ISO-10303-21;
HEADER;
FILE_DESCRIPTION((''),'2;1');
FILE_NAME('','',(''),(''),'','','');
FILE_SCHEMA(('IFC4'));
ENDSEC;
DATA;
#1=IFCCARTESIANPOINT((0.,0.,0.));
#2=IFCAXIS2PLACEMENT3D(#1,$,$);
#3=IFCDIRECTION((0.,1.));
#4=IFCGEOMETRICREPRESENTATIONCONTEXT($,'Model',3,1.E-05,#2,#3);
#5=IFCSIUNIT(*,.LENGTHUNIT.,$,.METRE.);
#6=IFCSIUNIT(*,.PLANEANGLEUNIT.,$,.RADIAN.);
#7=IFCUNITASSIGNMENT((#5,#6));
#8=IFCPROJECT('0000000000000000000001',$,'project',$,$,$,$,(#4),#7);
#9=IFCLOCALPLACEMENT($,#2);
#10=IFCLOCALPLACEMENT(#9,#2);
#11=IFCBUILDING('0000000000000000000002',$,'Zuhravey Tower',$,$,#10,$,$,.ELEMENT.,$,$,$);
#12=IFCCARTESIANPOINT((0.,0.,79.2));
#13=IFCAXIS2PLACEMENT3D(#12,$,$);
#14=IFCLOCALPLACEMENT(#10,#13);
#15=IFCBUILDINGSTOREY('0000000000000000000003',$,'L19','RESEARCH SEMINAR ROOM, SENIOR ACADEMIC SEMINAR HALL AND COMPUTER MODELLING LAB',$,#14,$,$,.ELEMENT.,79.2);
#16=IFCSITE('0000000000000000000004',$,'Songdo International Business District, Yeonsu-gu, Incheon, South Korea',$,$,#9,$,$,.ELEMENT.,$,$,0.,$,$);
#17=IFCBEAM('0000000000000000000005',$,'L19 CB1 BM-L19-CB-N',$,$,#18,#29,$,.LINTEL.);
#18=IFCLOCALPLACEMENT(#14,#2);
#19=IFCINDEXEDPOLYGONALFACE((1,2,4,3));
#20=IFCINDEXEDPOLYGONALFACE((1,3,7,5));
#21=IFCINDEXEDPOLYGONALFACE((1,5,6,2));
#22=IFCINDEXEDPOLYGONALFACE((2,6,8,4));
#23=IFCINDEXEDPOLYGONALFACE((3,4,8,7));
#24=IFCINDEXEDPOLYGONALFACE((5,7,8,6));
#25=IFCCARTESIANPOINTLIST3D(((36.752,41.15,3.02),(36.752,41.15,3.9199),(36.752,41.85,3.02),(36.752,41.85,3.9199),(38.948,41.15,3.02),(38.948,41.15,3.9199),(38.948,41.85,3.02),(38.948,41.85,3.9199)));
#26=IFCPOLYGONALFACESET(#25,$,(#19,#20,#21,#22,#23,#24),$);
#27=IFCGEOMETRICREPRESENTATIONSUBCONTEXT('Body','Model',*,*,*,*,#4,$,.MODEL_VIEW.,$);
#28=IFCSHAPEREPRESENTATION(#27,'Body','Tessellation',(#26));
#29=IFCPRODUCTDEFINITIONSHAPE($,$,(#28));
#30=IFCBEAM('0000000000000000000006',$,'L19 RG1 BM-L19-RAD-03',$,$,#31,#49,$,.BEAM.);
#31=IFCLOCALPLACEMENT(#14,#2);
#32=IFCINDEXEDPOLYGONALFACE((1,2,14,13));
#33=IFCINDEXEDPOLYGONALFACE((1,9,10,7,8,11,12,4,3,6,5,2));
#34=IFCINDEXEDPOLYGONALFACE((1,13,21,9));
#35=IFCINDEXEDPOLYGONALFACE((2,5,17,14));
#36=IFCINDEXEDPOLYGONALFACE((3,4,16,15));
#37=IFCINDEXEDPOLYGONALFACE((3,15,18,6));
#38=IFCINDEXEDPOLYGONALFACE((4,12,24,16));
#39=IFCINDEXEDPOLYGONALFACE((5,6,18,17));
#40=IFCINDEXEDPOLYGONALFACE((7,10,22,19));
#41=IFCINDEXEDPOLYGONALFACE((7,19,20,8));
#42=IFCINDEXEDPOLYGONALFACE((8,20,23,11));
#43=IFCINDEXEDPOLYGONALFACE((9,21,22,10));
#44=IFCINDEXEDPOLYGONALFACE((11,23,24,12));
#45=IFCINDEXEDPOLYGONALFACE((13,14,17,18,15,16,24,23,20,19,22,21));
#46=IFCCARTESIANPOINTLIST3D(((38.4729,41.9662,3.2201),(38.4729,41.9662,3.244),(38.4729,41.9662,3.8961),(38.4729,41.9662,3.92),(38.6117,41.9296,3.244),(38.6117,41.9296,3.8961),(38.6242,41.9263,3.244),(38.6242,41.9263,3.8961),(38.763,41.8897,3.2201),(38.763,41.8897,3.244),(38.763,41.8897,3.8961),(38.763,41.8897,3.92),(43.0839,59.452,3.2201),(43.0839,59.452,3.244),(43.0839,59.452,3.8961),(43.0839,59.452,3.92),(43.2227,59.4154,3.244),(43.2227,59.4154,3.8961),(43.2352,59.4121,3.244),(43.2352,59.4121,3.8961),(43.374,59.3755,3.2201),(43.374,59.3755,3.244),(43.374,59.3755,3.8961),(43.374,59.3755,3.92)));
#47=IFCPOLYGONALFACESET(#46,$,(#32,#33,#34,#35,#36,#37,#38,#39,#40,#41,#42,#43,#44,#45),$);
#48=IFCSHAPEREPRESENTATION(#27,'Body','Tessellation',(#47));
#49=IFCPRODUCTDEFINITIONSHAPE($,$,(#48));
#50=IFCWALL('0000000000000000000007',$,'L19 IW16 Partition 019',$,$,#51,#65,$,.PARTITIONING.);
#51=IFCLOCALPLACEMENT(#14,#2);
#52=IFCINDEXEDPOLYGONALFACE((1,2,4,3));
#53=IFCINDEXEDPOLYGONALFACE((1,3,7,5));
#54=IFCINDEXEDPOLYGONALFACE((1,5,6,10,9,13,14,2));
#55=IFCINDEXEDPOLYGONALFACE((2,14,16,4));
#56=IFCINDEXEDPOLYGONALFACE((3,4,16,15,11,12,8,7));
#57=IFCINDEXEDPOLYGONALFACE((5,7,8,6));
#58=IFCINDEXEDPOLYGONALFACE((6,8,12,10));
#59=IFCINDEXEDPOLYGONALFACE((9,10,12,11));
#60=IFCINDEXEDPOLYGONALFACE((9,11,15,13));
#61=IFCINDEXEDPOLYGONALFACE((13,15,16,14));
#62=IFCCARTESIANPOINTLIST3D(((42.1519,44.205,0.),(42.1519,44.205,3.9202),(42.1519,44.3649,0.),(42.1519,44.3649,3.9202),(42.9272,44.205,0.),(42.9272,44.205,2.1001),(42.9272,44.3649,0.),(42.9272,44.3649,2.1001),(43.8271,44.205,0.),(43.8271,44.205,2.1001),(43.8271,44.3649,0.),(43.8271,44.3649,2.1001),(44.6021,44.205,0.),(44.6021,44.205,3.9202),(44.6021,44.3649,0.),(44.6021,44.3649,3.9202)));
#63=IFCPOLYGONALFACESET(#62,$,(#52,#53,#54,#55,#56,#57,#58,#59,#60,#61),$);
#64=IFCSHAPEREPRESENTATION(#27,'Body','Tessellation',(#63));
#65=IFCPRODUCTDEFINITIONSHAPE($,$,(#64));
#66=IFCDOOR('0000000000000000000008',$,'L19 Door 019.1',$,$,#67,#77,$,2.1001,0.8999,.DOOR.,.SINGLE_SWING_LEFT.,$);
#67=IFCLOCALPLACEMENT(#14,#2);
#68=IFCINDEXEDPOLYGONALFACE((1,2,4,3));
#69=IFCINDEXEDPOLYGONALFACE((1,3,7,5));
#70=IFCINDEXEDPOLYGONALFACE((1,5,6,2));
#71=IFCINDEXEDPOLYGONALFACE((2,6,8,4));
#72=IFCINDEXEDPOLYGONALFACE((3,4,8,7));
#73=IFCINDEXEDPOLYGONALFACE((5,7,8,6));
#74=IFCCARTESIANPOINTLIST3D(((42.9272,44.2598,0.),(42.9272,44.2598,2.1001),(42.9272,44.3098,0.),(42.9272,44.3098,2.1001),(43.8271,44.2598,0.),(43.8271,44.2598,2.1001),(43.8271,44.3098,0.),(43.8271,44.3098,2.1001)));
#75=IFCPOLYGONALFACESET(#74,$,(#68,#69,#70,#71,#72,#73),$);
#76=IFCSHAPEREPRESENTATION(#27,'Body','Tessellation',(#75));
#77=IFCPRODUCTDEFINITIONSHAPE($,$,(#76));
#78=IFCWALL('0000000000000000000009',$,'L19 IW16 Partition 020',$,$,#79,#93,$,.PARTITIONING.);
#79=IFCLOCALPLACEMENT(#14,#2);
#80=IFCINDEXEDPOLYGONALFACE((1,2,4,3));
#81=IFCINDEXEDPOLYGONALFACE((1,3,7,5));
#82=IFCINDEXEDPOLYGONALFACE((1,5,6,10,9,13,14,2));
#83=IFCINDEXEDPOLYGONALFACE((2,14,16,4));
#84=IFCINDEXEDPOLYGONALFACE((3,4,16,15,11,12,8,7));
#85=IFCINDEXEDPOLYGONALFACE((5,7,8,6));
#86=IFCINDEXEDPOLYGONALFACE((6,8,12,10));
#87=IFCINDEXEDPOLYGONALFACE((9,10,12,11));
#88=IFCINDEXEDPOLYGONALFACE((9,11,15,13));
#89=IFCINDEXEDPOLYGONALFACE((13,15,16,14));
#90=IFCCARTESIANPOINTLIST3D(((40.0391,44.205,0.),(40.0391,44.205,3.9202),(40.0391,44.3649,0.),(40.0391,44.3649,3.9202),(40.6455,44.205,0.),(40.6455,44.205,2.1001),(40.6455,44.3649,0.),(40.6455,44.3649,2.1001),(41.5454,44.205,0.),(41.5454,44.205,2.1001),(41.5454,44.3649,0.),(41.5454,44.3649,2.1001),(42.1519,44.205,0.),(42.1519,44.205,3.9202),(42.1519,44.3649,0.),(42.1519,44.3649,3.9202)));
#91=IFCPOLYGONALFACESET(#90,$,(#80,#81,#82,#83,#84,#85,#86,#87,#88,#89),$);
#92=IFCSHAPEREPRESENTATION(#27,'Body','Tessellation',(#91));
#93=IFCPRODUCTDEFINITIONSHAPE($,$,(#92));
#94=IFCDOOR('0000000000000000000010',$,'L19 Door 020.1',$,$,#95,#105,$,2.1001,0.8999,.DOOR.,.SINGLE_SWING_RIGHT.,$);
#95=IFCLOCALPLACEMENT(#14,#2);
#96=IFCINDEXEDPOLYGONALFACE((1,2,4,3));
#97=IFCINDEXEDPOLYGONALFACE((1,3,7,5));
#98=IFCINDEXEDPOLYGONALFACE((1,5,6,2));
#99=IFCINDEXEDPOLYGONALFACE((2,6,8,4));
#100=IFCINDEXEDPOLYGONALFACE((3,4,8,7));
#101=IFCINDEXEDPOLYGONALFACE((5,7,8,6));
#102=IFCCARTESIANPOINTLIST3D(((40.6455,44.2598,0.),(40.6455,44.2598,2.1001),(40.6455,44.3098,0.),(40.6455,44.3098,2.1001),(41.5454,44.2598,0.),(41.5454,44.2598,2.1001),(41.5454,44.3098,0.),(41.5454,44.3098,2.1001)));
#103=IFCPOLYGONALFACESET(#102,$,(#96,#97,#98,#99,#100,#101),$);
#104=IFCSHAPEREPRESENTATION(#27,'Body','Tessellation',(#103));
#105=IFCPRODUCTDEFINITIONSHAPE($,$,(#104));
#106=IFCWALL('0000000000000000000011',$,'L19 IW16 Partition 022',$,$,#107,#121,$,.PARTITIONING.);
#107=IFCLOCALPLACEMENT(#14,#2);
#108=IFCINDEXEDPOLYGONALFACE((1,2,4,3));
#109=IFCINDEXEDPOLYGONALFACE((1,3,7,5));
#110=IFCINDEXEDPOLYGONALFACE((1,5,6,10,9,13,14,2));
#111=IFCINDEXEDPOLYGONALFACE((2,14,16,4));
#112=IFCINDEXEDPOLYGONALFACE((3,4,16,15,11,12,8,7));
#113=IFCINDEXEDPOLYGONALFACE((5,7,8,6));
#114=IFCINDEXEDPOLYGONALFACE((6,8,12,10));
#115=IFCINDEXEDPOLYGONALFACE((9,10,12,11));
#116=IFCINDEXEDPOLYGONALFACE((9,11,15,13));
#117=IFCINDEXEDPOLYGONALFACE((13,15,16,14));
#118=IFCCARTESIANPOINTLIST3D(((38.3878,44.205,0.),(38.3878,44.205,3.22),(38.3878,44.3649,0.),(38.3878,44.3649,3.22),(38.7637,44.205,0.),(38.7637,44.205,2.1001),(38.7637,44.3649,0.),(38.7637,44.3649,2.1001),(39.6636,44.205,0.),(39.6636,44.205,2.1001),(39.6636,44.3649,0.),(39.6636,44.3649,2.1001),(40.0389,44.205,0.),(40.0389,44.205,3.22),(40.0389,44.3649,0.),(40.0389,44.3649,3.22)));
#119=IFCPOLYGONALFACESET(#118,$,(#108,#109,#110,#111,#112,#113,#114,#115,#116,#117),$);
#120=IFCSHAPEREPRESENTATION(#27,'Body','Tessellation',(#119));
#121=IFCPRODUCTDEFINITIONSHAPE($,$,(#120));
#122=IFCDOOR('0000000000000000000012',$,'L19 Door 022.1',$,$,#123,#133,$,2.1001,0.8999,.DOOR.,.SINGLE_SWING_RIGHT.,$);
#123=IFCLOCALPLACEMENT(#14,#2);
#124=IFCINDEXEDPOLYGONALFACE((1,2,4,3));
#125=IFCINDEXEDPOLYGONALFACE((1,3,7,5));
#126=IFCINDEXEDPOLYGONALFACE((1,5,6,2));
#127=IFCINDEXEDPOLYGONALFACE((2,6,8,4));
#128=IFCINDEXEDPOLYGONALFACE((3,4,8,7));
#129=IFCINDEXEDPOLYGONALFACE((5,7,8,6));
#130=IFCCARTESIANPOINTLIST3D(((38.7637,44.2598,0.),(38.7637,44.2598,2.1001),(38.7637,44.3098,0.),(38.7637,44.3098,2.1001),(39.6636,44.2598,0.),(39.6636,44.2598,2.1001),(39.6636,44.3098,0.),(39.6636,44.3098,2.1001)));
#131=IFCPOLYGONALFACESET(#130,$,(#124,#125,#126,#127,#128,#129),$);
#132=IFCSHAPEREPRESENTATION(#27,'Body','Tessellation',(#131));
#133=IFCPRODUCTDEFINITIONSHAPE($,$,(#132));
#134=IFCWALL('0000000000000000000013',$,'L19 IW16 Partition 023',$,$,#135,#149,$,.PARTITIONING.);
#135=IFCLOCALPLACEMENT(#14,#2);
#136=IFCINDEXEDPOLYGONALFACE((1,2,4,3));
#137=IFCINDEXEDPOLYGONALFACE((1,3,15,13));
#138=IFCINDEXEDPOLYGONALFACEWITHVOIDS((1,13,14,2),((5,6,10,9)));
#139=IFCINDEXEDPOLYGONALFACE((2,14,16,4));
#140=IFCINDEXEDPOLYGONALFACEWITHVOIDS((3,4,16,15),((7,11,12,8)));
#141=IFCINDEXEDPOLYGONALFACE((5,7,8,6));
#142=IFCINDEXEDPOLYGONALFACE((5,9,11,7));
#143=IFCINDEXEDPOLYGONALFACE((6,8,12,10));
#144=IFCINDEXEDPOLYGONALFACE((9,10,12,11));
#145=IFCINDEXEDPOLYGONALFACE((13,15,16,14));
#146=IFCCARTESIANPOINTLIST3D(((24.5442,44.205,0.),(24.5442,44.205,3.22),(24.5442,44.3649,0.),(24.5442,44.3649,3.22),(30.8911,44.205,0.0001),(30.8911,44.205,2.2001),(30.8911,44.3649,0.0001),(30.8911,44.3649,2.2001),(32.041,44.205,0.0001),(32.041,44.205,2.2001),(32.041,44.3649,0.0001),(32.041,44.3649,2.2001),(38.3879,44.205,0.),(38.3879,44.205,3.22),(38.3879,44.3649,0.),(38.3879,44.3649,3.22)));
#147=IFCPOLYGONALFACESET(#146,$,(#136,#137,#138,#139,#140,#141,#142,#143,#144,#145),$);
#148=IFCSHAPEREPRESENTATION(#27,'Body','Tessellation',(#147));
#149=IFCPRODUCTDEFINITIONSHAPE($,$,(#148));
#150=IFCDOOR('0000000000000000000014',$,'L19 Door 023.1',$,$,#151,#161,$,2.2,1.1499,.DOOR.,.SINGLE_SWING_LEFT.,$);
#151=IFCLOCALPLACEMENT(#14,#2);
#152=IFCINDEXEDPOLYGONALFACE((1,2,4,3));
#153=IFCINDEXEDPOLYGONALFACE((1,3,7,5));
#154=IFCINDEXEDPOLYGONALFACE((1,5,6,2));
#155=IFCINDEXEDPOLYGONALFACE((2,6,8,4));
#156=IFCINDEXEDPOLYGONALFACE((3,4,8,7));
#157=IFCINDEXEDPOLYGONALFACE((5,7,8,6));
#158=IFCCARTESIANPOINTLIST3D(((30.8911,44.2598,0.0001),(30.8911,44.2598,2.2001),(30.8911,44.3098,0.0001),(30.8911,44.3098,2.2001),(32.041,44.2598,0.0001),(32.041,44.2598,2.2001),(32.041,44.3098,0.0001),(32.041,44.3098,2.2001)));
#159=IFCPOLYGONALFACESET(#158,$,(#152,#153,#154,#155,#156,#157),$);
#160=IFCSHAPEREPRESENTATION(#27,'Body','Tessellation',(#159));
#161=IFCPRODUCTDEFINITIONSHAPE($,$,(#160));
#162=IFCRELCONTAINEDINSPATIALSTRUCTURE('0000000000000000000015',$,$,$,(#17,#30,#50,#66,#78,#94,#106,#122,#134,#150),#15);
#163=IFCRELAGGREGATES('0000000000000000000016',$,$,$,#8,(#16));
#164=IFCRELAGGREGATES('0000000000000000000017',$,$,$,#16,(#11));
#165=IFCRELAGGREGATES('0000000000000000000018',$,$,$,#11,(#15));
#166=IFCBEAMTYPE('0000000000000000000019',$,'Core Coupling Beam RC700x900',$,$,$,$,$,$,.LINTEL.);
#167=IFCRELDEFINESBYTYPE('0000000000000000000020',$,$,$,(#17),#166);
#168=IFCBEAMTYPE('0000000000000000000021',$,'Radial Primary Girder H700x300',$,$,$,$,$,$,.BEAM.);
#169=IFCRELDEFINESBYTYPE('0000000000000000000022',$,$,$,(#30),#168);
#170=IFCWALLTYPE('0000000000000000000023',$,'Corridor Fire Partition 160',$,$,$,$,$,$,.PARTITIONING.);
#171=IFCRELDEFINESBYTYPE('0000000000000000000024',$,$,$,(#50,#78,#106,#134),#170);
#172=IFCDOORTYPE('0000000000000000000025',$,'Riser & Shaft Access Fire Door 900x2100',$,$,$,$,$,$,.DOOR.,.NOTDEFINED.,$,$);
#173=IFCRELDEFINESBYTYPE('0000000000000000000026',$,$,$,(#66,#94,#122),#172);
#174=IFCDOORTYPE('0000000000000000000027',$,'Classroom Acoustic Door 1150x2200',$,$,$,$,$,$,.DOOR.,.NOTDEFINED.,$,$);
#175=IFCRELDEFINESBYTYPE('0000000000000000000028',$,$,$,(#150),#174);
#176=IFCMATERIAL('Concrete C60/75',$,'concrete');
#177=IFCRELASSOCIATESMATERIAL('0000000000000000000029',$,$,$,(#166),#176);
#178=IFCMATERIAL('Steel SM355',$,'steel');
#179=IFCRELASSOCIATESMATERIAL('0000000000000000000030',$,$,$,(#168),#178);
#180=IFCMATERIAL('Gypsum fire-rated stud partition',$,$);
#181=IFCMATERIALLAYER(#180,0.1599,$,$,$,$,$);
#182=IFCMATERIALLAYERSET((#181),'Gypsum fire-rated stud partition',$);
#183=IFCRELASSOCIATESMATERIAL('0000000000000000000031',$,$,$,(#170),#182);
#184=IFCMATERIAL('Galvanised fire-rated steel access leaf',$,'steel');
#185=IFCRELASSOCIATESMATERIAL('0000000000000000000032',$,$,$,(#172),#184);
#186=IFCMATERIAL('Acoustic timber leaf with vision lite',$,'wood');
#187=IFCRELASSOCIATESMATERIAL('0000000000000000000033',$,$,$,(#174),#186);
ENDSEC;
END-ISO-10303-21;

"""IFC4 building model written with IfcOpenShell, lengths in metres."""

from ifc_helpers import new_model, si_unit, direction, frame, frame_2d, origin, origin_2d, place, context, subcontext, project, spatial, rectangle, i_section, extrude, material, layer, layer_set, material_profile, profile_set, type_object, element, fill, save


model = new_model("IFC4")

# Units and contexts
model_context = context("Model", 3, precision=1e-05, world=origin(), true_north=direction((0.0, 1.0)))
body_context = subcontext(model_context, "Body", "Model", "MODEL_VIEW")
ifc_project = project(units=[si_unit("LENGTHUNIT", "METRE"), si_unit("PLANEANGLEUNIT", "RADIAN")], contexts=[model_context])

# Site, building, storey
site_placement = place(None, origin())
site = spatial("IfcSite", under=ifc_project, at=site_placement, Name="Songdo International Business District, Yeonsu-gu, Incheon, South Korea", CompositionType="ELEMENT", RefElevation=0.0)
building_placement = place(site_placement, origin())
building = spatial("IfcBuilding", under=site, at=building_placement, Name="Zuhravey Tower", CompositionType="ELEMENT")
storey_placement = place(building_placement, frame((0.0, 0.0, 79.2)))
storey = spatial("IfcBuildingStorey", under=building, at=storey_placement, Name="L19", Description="RESEARCH SEMINAR ROOM, SENIOR ACADEMIC SEMINAR HALL AND COMPUTER MODELLING LAB", CompositionType="ELEMENT", Elevation=79.2)

# Beams
ifc_material_1 = material(Name="Concrete C60/75", Category="concrete")
ifc_material_profile_1 = material_profile(ifc_material_1, rectangle(XDim=0.7, YDim=0.8999, at=origin_2d()), Name="RC-700x900")
ifc_profile_set_1 = profile_set([ifc_material_profile_1], Name="Concrete C60/75")
beam_type_1 = type_object("IfcBeamType", Name="Core Coupling Beam RC700x900", PredefinedType="LINTEL", material=ifc_profile_set_1)
beam_1_placement = place(storey_placement, frame((36.752, 41.5, 3.47), z_axis=(1.0, 0.0, 0.0), x_axis=(0.0, 1.0, 0.0)))
element("IfcBeam", 1, at=beam_1_placement, inside=storey, type_object=beam_type_1, Name="L19 CB1 BM-L19-CB-N", PredefinedType="LINTEL", context=body_context, shape_type="SweptSolid", body=[
    extrude(rectangle(XDim=0.7, YDim=0.8999, at=origin_2d()), origin(), (0.0, 0.0, 1.0), 2.196),
])
ifc_material_2 = material(Name="Steel SM355", Category="steel")
ifc_material_profile_2 = material_profile(ifc_material_2, i_section(OverallWidth=0.3, OverallDepth=0.7, WebThickness=0.0129, FlangeThickness=0.0239, at=origin_2d()), Name="H-700x300x13x24")
ifc_profile_set_2 = profile_set([ifc_material_profile_2], Name="Steel SM355")
beam_type_2 = type_object("IfcBeamType", Name="Radial Primary Girder H700x300", PredefinedType="BEAM", material=ifc_profile_set_2)
beam_2_placement = place(storey_placement, frame((38.6179, 41.928, 3.5701), z_axis=(0.254987, 0.966944, 0.0), x_axis=(-0.966944, 0.254987, 0.0)))
element("IfcBeam", 2, at=beam_2_placement, inside=storey, type_object=beam_type_2, Name="L19 RG1 BM-L19-RAD-03", PredefinedType="BEAM", context=body_context, shape_type="SweptSolid", body=[
    extrude(i_section(OverallWidth=0.3, OverallDepth=0.7, WebThickness=0.0129, FlangeThickness=0.0239, at=origin_2d()), origin(), (0.0, 0.0, 1.0), 18.0835),
])

# Walls, openings, doors
ifc_material_3 = material(Name="Gypsum fire-rated stud partition")
ifc_layer_1 = layer(ifc_material_3, 0.1599)
ifc_layer_set_1 = layer_set([ifc_layer_1], Name="Gypsum fire-rated stud partition")
wall_type_1 = type_object("IfcWallType", Name="Corridor Fire Partition 160", PredefinedType="PARTITIONING", material=ifc_layer_set_1)
wall_1_placement = place(storey_placement, frame((44.6021, 44.2849, 0.0), z_axis=(0.0, 0.0, 1.0), x_axis=(-1.0, 0.0, 0.0)))
wall_1 = element("IfcWall", 3, at=wall_1_placement, inside=storey, type_object=wall_type_1, Name="L19 IW16 Partition 019", PredefinedType="PARTITIONING", context=body_context, shape_type="SweptSolid", body=[
    extrude(rectangle(XDim=2.4502, YDim=0.1599, at=frame_2d((1.2251, 0.0))), origin(), (0.0, 0.0, 1.0), 3.9202),
])
opening_1_placement = place(wall_1_placement, frame((0.7749, 0.0, 0.0)))
opening_1 = element("IfcOpeningElement", 4, at=opening_1_placement, cuts=wall_1, PredefinedType="OPENING", context=body_context, shape_type="SweptSolid", body=[
    extrude(rectangle(XDim=0.8999, YDim=2.1001, at=frame_2d((0.45, 1.05))), frame((0.0, 0.092, 0.0), z_axis=(0.0, -1.0, 0.0), x_axis=(1.0, 0.0, 0.0)), (0.0, 0.0, 1.0), 0.1838),
])
ifc_material_4 = material(Name="Galvanised fire-rated steel access leaf", Category="steel")
door_type_1 = type_object("IfcDoorType", Name="Riser & Shaft Access Fire Door 900x2100", OperationType="NOTDEFINED", PredefinedType="DOOR", material=ifc_material_4)
door_1_placement = place(opening_1_placement, frame((0.8999, 0.0, 0.0), z_axis=(0.0, 0.0, 1.0), x_axis=(-1.0, 0.0, 0.0)))
door_1 = element("IfcDoor", 5, at=door_1_placement, inside=storey, type_object=door_type_1, Name="L19 Door 019.1", OperationType="SINGLE_SWING_LEFT", OverallHeight=2.1001, OverallWidth=0.8999, PredefinedType="DOOR", context=body_context, shape_type="SweptSolid", body=[
    extrude(rectangle(XDim=0.8999, YDim=2.1001, at=frame_2d((0.45, 1.05))), frame((0.0, 0.0249, 0.0), z_axis=(0.0, -1.0, 0.0), x_axis=(1.0, 0.0, 0.0)), (0.0, 0.0, 1.0), 0.05),
])
fill(opening_1, door_1)
wall_2_placement = place(storey_placement, frame((42.1519, 44.2849, 0.0), z_axis=(0.0, 0.0, 1.0), x_axis=(-1.0, 0.0, 0.0)))
wall_2 = element("IfcWall", 6, at=wall_2_placement, inside=storey, type_object=wall_type_1, Name="L19 IW16 Partition 020", PredefinedType="PARTITIONING", context=body_context, shape_type="SweptSolid", body=[
    extrude(rectangle(XDim=2.1128, YDim=0.1599, at=frame_2d((1.0564, 0.0))), origin(), (0.0, 0.0, 1.0), 3.9202),
])
opening_2_placement = place(wall_2_placement, frame((0.6064, 0.0, 0.0)))
opening_2 = element("IfcOpeningElement", 7, at=opening_2_placement, cuts=wall_2, PredefinedType="OPENING", context=body_context, shape_type="SweptSolid", body=[
    extrude(rectangle(XDim=0.8999, YDim=2.1001, at=frame_2d((0.45, 1.05))), frame((0.0, 0.092, 0.0), z_axis=(0.0, -1.0, 0.0), x_axis=(1.0, 0.0, 0.0)), (0.0, 0.0, 1.0), 0.1838),
])
door_2_placement = place(opening_2_placement, frame((0.8999, 0.0, 0.0), z_axis=(0.0, 0.0, 1.0), x_axis=(-1.0, 0.0, 0.0)))
door_2 = element("IfcDoor", 8, at=door_2_placement, inside=storey, type_object=door_type_1, Name="L19 Door 020.1", OperationType="SINGLE_SWING_RIGHT", OverallHeight=2.1001, OverallWidth=0.8999, PredefinedType="DOOR", context=body_context, shape_type="SweptSolid", body=[
    extrude(rectangle(XDim=0.8999, YDim=2.1001, at=frame_2d((0.45, 1.05))), frame((0.0, 0.0249, 0.0), z_axis=(0.0, -1.0, 0.0), x_axis=(1.0, 0.0, 0.0)), (0.0, 0.0, 1.0), 0.05),
])
fill(opening_2, door_2)
wall_3_placement = place(storey_placement, frame((40.0391, 44.2849, 0.0), z_axis=(0.0, 0.0, 1.0), x_axis=(-1.0, 0.0, 0.0)))
wall_3 = element("IfcWall", 9, at=wall_3_placement, inside=storey, type_object=wall_type_1, Name="L19 IW16 Partition 022", PredefinedType="PARTITIONING", context=body_context, shape_type="SweptSolid", body=[
    extrude(rectangle(XDim=1.6511, YDim=0.1599, at=frame_2d((0.8257, 0.0))), origin(), (0.0, 0.0, 1.0), 3.22),
])
opening_3_placement = place(wall_3_placement, frame((0.3755, 0.0, 0.0)))
opening_3 = element("IfcOpeningElement", 10, at=opening_3_placement, cuts=wall_3, PredefinedType="OPENING", context=body_context, shape_type="SweptSolid", body=[
    extrude(rectangle(XDim=0.8999, YDim=2.1001, at=frame_2d((0.45, 1.05))), frame((0.0, 0.092, 0.0), z_axis=(0.0, -1.0, 0.0), x_axis=(1.0, 0.0, 0.0)), (0.0, 0.0, 1.0), 0.1838),
])
door_3_placement = place(opening_3_placement, frame((0.8999, 0.0, 0.0), z_axis=(0.0, 0.0, 1.0), x_axis=(-1.0, 0.0, 0.0)))
door_3 = element("IfcDoor", 11, at=door_3_placement, inside=storey, type_object=door_type_1, Name="L19 Door 022.1", OperationType="SINGLE_SWING_RIGHT", OverallHeight=2.1001, OverallWidth=0.8999, PredefinedType="DOOR", context=body_context, shape_type="SweptSolid", body=[
    extrude(rectangle(XDim=0.8999, YDim=2.1001, at=frame_2d((0.45, 1.05))), frame((0.0, 0.0249, 0.0), z_axis=(0.0, -1.0, 0.0), x_axis=(1.0, 0.0, 0.0)), (0.0, 0.0, 1.0), 0.05),
])
fill(opening_3, door_3)
wall_4_placement = place(storey_placement, frame((38.3879, 44.2849, 0.0), z_axis=(0.0, 0.0, 1.0), x_axis=(-1.0, 0.0, 0.0)))
wall_4 = element("IfcWall", 12, at=wall_4_placement, inside=storey, type_object=wall_type_1, Name="L19 IW16 Partition 023", PredefinedType="PARTITIONING", context=body_context, shape_type="SweptSolid", body=[
    extrude(rectangle(XDim=13.8438, YDim=0.1599, at=frame_2d((6.9219, 0.0))), origin(), (0.0, 0.0, 1.0), 3.22),
])
opening_4_placement = place(wall_4_placement, frame((6.3469, 0.0, 0.0)))
opening_4 = element("IfcOpeningElement", 13, at=opening_4_placement, cuts=wall_4, PredefinedType="OPENING", context=body_context, shape_type="SweptSolid", body=[
    extrude(rectangle(XDim=1.1499, YDim=2.2, at=frame_2d((0.575, 1.1001))), frame((0.0, 0.092, 0.0), z_axis=(0.0, -1.0, 0.0), x_axis=(1.0, 0.0, 0.0)), (0.0, 0.0, 1.0), 0.1838),
])
ifc_material_5 = material(Name="Acoustic timber leaf with vision lite", Category="wood")
door_type_2 = type_object("IfcDoorType", Name="Classroom Acoustic Door 1150x2200", OperationType="NOTDEFINED", PredefinedType="DOOR", material=ifc_material_5)
door_4_placement = place(opening_4_placement, frame((1.1499, 0.0, 0.0), z_axis=(0.0, 0.0, 1.0), x_axis=(-1.0, 0.0, 0.0)))
door_4 = element("IfcDoor", 14, at=door_4_placement, inside=storey, type_object=door_type_2, Name="L19 Door 023.1", OperationType="SINGLE_SWING_LEFT", OverallHeight=2.2, OverallWidth=1.1499, PredefinedType="DOOR", context=body_context, shape_type="SweptSolid", body=[
    extrude(rectangle(XDim=1.1499, YDim=2.2, at=frame_2d((0.575, 1.1001))), frame((0.0, 0.0249, 0.0), z_axis=(0.0, -1.0, 0.0), x_axis=(1.0, 0.0, 0.0)), (0.0, 0.0, 1.0), 0.05),
])
fill(opening_4, door_4)

save(model, "model.ifc")
